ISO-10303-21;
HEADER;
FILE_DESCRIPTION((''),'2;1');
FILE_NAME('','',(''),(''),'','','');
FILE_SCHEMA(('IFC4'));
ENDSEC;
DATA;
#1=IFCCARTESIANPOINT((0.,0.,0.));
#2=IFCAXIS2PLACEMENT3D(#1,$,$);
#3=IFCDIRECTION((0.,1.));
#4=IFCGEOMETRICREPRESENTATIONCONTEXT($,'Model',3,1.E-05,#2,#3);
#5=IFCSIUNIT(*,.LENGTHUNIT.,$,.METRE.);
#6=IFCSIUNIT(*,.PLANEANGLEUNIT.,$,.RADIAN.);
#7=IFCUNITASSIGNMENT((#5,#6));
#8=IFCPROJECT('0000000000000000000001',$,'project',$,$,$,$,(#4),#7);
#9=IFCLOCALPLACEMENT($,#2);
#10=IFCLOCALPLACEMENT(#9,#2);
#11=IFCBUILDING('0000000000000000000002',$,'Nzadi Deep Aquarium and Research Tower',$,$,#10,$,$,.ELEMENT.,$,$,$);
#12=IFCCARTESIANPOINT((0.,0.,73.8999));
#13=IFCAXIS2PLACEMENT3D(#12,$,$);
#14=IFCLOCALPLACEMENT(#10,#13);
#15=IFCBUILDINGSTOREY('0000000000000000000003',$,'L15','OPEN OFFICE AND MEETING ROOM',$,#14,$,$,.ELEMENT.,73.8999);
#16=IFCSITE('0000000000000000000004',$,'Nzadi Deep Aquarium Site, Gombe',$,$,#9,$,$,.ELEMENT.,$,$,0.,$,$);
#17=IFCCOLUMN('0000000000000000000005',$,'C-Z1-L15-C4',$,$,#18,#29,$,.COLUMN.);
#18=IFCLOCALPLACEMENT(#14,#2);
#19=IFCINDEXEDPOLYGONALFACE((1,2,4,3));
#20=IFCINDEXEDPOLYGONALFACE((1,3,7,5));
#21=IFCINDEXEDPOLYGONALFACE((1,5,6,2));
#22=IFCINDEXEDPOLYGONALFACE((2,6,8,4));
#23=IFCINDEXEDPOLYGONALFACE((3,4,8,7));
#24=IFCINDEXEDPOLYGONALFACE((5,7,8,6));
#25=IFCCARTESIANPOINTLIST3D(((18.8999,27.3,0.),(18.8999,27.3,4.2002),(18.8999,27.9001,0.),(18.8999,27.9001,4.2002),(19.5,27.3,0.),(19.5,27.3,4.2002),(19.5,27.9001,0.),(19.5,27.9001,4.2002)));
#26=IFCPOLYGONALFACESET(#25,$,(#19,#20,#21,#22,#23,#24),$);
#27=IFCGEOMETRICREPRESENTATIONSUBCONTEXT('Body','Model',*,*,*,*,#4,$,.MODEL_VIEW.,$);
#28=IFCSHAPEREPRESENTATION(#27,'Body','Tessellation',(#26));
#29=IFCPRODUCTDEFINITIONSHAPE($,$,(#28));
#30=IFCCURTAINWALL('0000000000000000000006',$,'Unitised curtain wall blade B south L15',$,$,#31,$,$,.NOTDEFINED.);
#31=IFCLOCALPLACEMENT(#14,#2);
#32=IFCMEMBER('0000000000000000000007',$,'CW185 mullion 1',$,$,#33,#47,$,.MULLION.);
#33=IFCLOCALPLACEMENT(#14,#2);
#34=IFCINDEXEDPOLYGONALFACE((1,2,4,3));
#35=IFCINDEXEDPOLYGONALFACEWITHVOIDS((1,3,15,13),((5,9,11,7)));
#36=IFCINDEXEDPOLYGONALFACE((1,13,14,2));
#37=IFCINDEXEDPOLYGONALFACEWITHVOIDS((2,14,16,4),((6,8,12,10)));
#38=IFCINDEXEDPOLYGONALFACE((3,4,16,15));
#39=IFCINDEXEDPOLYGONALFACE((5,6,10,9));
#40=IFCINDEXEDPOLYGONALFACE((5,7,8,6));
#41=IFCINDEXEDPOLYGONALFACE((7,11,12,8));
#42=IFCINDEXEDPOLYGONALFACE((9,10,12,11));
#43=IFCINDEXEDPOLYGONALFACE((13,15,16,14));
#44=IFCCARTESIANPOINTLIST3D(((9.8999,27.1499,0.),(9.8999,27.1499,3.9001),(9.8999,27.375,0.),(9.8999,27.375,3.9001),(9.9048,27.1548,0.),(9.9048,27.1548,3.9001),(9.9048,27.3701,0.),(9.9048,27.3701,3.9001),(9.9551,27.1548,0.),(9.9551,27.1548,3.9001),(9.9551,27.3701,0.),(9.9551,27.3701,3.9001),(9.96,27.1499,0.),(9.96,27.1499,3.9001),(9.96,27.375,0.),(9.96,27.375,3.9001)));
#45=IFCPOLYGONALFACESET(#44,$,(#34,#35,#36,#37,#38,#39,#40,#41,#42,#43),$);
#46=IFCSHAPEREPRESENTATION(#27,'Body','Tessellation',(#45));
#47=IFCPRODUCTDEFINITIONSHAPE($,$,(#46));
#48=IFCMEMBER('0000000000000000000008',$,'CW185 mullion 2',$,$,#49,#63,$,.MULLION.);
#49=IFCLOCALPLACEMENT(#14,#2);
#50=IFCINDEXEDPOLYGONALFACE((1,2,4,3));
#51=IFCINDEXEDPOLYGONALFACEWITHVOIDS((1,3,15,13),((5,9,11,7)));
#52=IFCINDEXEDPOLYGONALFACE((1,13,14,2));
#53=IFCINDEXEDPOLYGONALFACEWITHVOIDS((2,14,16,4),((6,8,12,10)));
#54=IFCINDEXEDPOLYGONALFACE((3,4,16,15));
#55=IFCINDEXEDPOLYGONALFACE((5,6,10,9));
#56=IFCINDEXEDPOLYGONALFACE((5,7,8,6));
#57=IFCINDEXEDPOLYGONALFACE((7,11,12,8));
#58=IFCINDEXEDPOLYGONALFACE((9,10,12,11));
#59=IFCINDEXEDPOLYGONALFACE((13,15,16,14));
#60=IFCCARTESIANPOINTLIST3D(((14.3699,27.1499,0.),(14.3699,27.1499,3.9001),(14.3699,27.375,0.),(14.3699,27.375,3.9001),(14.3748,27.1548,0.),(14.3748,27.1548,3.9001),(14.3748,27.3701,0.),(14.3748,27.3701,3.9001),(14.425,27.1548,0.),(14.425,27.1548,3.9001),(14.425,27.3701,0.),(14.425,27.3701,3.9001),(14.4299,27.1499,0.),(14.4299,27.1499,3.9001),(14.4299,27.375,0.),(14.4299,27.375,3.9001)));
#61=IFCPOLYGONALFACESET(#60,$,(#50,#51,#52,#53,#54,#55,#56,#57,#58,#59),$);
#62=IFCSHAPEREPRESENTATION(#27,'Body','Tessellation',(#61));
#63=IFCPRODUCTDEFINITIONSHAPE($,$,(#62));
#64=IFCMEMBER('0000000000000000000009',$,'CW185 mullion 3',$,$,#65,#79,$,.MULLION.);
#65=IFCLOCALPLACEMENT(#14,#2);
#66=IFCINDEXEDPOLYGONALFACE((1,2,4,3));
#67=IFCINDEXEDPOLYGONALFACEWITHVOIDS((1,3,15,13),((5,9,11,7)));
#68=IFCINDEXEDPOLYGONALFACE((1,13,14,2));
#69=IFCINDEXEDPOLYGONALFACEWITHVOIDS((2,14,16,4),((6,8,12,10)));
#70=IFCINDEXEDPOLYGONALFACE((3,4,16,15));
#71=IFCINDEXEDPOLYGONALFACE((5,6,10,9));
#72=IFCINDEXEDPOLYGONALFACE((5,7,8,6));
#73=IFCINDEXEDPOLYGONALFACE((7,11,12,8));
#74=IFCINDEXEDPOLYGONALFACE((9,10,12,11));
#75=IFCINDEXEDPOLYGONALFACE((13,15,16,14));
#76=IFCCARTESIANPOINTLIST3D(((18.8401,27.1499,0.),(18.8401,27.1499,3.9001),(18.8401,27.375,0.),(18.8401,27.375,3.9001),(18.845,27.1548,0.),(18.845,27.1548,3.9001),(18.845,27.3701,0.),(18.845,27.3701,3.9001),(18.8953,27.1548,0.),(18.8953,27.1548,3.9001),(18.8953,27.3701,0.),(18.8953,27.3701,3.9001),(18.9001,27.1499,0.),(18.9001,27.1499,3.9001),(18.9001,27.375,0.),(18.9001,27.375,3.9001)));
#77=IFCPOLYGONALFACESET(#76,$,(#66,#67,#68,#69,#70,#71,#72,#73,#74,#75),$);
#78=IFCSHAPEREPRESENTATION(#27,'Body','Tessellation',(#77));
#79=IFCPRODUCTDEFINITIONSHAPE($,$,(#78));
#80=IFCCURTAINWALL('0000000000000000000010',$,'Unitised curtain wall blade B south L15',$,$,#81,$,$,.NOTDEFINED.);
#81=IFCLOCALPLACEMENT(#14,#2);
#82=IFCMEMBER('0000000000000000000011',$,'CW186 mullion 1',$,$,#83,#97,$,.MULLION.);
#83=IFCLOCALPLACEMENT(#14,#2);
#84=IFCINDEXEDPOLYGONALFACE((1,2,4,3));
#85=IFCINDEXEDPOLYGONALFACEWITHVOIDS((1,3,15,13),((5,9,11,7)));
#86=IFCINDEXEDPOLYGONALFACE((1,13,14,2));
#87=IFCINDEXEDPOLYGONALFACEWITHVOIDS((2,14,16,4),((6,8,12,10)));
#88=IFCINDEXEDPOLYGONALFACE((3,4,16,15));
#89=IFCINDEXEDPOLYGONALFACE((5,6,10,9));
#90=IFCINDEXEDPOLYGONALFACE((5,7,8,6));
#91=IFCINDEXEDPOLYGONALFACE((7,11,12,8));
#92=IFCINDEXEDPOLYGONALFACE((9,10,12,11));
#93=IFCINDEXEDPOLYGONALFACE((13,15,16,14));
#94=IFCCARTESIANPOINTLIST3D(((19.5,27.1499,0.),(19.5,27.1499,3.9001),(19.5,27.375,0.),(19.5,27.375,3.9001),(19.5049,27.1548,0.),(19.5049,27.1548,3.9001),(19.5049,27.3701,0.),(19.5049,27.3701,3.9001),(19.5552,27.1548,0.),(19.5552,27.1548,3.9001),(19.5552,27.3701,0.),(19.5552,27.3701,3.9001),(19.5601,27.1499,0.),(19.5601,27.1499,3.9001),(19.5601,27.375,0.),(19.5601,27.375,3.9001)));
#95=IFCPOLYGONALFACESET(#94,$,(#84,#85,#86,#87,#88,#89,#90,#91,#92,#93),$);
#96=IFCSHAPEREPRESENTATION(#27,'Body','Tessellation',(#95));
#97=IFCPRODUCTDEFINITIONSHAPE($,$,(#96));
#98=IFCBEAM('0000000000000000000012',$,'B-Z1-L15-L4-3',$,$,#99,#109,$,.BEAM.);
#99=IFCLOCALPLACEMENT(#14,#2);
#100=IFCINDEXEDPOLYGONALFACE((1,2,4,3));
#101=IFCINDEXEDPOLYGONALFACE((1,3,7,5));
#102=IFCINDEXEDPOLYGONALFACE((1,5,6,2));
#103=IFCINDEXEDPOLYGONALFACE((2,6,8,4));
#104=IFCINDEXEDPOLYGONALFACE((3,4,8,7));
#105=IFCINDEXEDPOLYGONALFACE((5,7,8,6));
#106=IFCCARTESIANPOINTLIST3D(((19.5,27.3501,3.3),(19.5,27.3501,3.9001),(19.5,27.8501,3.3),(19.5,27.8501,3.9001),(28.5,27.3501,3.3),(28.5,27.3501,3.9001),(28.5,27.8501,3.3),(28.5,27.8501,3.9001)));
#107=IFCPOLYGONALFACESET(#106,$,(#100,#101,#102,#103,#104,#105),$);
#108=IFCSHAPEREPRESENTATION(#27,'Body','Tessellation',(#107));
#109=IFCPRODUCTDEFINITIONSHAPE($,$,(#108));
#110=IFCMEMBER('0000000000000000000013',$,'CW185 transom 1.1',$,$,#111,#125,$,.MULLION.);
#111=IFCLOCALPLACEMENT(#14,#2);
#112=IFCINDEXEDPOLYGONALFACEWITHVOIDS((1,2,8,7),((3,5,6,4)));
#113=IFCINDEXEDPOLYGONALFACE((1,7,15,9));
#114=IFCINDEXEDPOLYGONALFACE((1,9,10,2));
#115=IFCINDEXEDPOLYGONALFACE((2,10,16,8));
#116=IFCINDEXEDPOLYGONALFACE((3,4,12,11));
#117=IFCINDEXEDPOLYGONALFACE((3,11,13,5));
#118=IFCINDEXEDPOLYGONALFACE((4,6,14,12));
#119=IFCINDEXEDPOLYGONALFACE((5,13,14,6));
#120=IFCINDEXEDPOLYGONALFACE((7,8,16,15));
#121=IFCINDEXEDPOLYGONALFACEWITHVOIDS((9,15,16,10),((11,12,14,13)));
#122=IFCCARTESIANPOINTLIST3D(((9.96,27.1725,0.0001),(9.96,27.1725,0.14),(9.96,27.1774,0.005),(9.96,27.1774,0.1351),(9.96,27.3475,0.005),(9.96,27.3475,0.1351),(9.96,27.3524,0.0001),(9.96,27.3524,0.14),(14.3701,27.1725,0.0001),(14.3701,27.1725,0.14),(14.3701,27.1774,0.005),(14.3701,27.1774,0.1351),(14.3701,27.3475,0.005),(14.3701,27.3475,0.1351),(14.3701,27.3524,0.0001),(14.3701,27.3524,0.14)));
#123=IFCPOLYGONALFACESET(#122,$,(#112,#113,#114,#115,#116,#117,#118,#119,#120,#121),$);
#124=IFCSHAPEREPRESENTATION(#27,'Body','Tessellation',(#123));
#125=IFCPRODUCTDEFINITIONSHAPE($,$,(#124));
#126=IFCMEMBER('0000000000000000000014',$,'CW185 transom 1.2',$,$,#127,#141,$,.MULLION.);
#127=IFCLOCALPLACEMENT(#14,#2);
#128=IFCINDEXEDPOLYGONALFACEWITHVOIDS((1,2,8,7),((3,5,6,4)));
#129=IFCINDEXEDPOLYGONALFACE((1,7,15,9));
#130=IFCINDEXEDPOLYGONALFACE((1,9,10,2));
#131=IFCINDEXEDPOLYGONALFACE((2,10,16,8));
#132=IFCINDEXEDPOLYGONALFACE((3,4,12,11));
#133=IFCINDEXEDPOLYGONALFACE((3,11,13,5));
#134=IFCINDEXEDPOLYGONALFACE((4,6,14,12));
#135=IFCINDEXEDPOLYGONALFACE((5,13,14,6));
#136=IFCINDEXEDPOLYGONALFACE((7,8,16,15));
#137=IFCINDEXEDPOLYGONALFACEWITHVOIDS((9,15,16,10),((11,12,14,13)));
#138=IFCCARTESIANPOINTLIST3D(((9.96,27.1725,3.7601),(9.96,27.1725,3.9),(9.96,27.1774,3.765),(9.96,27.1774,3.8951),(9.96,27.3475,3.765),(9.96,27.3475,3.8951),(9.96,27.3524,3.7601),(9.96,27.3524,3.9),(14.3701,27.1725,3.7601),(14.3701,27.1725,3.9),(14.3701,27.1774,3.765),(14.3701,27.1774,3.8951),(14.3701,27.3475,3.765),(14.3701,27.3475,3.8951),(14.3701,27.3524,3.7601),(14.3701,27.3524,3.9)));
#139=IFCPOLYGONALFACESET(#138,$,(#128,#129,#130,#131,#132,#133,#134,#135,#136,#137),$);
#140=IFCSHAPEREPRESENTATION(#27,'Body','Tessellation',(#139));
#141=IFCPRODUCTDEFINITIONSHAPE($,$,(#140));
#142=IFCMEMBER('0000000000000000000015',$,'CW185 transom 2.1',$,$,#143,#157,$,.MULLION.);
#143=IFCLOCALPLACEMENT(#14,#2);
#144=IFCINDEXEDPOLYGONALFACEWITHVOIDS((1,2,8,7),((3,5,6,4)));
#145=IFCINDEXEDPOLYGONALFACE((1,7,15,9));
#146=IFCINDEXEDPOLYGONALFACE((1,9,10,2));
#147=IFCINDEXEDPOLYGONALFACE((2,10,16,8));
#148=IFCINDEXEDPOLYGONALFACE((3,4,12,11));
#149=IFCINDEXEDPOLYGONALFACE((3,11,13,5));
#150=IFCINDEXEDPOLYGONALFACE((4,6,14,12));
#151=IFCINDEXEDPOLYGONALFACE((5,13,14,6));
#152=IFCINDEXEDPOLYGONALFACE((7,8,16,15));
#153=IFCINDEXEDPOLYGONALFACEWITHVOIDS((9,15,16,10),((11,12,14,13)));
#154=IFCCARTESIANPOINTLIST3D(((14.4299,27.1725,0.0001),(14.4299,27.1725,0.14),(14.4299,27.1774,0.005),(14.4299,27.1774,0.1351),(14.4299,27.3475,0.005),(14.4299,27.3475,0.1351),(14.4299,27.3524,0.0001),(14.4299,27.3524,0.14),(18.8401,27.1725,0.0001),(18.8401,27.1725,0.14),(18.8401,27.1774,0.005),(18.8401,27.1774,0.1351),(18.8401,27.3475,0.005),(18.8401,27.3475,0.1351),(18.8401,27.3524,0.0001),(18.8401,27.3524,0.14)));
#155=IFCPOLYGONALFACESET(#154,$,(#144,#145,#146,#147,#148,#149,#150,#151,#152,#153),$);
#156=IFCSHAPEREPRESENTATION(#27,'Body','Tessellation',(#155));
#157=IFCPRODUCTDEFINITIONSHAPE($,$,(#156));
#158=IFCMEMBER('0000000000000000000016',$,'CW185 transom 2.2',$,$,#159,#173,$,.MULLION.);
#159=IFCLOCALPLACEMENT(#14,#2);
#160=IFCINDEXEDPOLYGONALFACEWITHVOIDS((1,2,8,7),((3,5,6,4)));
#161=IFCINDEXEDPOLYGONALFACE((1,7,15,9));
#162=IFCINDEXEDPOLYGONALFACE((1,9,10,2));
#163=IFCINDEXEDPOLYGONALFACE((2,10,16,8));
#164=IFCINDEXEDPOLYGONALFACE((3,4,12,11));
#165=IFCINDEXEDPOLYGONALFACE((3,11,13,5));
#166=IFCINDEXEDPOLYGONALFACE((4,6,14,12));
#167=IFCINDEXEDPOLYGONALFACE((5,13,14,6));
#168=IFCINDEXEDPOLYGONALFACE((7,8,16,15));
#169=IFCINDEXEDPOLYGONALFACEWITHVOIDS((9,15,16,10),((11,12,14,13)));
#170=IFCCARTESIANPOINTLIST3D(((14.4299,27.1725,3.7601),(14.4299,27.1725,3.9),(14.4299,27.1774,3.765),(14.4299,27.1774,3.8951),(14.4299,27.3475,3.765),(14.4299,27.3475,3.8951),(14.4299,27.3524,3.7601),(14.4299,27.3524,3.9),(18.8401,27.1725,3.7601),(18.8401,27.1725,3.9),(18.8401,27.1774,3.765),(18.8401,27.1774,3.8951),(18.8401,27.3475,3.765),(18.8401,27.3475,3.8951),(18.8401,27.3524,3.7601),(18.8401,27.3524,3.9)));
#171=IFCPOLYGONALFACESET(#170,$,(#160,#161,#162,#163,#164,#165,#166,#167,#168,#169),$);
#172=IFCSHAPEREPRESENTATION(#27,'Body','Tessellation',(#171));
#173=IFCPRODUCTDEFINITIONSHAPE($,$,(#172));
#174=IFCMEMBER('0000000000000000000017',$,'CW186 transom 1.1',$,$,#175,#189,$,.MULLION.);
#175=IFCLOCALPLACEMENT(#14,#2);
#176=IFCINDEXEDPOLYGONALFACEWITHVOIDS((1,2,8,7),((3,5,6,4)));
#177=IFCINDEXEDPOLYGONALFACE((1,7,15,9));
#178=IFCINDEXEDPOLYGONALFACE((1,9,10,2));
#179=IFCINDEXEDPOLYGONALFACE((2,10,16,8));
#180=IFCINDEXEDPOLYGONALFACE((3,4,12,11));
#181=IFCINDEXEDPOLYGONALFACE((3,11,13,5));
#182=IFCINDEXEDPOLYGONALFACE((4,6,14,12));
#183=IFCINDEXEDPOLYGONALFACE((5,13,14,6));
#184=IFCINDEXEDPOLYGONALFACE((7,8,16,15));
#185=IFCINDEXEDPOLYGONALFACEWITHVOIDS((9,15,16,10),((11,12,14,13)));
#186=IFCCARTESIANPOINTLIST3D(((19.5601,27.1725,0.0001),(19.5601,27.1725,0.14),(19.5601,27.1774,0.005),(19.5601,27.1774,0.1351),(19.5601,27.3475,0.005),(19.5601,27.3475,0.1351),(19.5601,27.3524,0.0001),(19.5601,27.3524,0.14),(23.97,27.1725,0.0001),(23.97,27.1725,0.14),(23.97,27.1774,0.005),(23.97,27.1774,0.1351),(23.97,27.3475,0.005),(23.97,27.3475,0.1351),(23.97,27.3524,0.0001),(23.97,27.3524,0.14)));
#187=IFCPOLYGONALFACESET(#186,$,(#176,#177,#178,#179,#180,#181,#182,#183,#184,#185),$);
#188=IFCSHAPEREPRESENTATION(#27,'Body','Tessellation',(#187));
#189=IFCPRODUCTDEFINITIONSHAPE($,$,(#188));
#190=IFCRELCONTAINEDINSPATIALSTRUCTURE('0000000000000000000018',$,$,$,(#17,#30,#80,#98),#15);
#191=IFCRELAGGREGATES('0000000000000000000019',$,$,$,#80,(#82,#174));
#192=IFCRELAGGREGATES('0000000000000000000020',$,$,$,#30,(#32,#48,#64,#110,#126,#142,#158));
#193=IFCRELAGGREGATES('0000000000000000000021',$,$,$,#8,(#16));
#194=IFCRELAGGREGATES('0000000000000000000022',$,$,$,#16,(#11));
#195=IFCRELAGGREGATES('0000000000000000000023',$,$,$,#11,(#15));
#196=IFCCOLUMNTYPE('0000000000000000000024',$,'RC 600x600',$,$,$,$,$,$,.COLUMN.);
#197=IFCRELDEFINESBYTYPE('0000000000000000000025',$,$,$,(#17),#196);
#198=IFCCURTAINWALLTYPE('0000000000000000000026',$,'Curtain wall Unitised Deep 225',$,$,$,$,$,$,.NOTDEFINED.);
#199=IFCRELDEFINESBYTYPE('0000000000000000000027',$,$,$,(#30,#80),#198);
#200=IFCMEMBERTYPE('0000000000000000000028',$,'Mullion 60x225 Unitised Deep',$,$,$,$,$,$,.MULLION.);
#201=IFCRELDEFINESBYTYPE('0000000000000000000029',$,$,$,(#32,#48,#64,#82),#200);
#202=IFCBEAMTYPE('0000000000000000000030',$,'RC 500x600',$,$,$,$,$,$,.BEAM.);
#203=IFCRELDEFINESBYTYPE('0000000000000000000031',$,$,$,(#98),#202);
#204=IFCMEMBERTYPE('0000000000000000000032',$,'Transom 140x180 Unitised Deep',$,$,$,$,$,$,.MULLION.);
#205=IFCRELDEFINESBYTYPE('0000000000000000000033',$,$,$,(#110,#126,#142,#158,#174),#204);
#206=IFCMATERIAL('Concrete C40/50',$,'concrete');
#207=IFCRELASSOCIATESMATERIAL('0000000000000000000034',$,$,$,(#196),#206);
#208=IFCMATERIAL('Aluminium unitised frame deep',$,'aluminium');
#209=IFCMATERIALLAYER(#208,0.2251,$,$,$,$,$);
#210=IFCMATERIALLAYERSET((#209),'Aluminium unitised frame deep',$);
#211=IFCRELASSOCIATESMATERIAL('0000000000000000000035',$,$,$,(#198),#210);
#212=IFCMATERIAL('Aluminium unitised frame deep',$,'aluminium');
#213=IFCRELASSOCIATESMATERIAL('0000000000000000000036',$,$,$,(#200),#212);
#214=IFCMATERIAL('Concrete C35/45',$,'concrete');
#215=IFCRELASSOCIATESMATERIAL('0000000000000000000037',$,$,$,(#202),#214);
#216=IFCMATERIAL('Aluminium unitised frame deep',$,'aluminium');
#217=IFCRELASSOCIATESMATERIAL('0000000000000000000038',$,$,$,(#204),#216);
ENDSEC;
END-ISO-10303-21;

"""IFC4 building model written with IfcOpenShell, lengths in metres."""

from ifc_helpers import new_model, si_unit, direction, frame, origin, origin_2d, place, context, subcontext, project, spatial, rectangle, hollow_rectangle, extrude, material, layer, layer_set, material_profile, profile_set, type_object, element, aggregate, save


model = new_model("IFC4")

# Units and contexts
model_context = context("Model", 3, precision=1e-05, world=origin(), true_north=direction((0.0, 1.0)))
body_context = subcontext(model_context, "Body", "Model", "MODEL_VIEW")
ifc_project = project(units=[si_unit("LENGTHUNIT", "METRE"), si_unit("PLANEANGLEUNIT", "RADIAN")], contexts=[model_context])

# Site, building, storey
site_placement = place(None, origin())
site = spatial("IfcSite", under=ifc_project, at=site_placement, Name="Nzadi Deep Aquarium Site, Gombe", CompositionType="ELEMENT", RefElevation=0.0)
building_placement = place(site_placement, origin())
building = spatial("IfcBuilding", under=site, at=building_placement, Name="Nzadi Deep Aquarium and Research Tower", CompositionType="ELEMENT")
storey_placement = place(building_placement, frame((0.0, 0.0, 73.8999)))
storey = spatial("IfcBuildingStorey", under=building, at=storey_placement, Name="L15", Description="OPEN OFFICE AND MEETING ROOM", CompositionType="ELEMENT", Elevation=73.8999)

# Column
ifc_material_1 = material(Name="Concrete C40/50", Category="concrete")
ifc_material_profile_1 = material_profile(ifc_material_1, rectangle(XDim=0.6001, YDim=0.6001, at=origin_2d()))
ifc_profile_set_1 = profile_set([ifc_material_profile_1], Name="Concrete C40/50")
column_type = type_object("IfcColumnType", Name="RC 600x600", PredefinedType="COLUMN", material=ifc_profile_set_1)
column_placement = place(storey_placement, frame((19.2, 27.6001, 0.0), z_axis=(0.0, 0.0, 1.0), x_axis=(1.0, 0.0, 0.0)))
element("IfcColumn", 1, at=column_placement, inside=storey, type_object=column_type, Name="C-Z1-L15-C4", PredefinedType="COLUMN", context=body_context, shape_type="SweptSolid", body=[
    extrude(rectangle(XDim=0.6001, YDim=0.6001, at=origin_2d()), origin(), (0.0, 0.0, 1.0), 4.2002),
])

# Curtain wall, members
ifc_material_2 = material(Name="Aluminium unitised frame deep", Category="aluminium")
ifc_layer_1 = layer(ifc_material_2, 0.2251)
ifc_layer_set_1 = layer_set([ifc_layer_1], Name="Aluminium unitised frame deep")
curtain_wall_type = type_object("IfcCurtainWallType", Name="Curtain wall Unitised Deep 225", PredefinedType="NOTDEFINED", material=ifc_layer_set_1)
curtain_wall_1_placement = place(storey_placement, origin())
curtain_wall_1 = element("IfcCurtainWall", 2, at=curtain_wall_1_placement, inside=storey, type_object=curtain_wall_type, Name="Unitised curtain wall blade B south L15", PredefinedType="NOTDEFINED")
ifc_material_3 = material(Name="Aluminium unitised frame deep", Category="aluminium")
ifc_material_profile_2 = material_profile(ifc_material_3, hollow_rectangle(XDim=0.2251, YDim=0.0601, WallThickness=0.0049, at=origin_2d()))
ifc_profile_set_2 = profile_set([ifc_material_profile_2], Name="Aluminium unitised frame deep")
member_type_1 = type_object("IfcMemberType", Name="Mullion 60x225 Unitised Deep", PredefinedType="MULLION", material=ifc_profile_set_2)
member_1_placement = place(storey_placement, frame((9.9299, 27.2625, 0.0), z_axis=(0.0, 0.0, 1.0), x_axis=(0.0, 1.0, 0.0)))
member_1 = element("IfcMember", 3, at=member_1_placement, type_object=member_type_1, Name="CW185 mullion 1", PredefinedType="MULLION", context=body_context, shape_type="SweptSolid", body=[
    extrude(hollow_rectangle(XDim=0.2251, YDim=0.0601, WallThickness=0.0049, at=origin_2d()), origin(), (0.0, 0.0, 1.0), 3.9001),
])
member_2_placement = place(storey_placement, frame((14.3999, 27.2625, 0.0), z_axis=(0.0, 0.0, 1.0), x_axis=(0.0, 1.0, 0.0)))
member_2 = element("IfcMember", 4, at=member_2_placement, type_object=member_type_1, Name="CW185 mullion 2", PredefinedType="MULLION", context=body_context, shape_type="SweptSolid", body=[
    extrude(hollow_rectangle(XDim=0.2251, YDim=0.0601, WallThickness=0.0049, at=origin_2d()), origin(), (0.0, 0.0, 1.0), 3.9001),
])
member_3_placement = place(storey_placement, frame((18.8701, 27.2625, 0.0), z_axis=(0.0, 0.0, 1.0), x_axis=(0.0, 1.0, 0.0)))
member_3 = element("IfcMember", 5, at=member_3_placement, type_object=member_type_1, Name="CW185 mullion 3", PredefinedType="MULLION", context=body_context, shape_type="SweptSolid", body=[
    extrude(hollow_rectangle(XDim=0.2251, YDim=0.0601, WallThickness=0.0049, at=origin_2d()), origin(), (0.0, 0.0, 1.0), 3.9001),
])

# Curtain wall, member
curtain_wall_2_placement = place(storey_placement, origin())
curtain_wall_2 = element("IfcCurtainWall", 6, at=curtain_wall_2_placement, inside=storey, type_object=curtain_wall_type, Name="Unitised curtain wall blade B south L15", PredefinedType="NOTDEFINED")
member_4_placement = place(storey_placement, frame((19.53, 27.2625, 0.0), z_axis=(0.0, 0.0, 1.0), x_axis=(0.0, 1.0, 0.0)))
member_4 = element("IfcMember", 7, at=member_4_placement, type_object=member_type_1, Name="CW186 mullion 1", PredefinedType="MULLION", context=body_context, shape_type="SweptSolid", body=[
    extrude(hollow_rectangle(XDim=0.2251, YDim=0.0601, WallThickness=0.0049, at=origin_2d()), origin(), (0.0, 0.0, 1.0), 3.9001),
])

# Beam
ifc_material_4 = material(Name="Concrete C35/45", Category="concrete")
ifc_material_profile_3 = material_profile(ifc_material_4, rectangle(XDim=0.5, YDim=0.6001, at=origin_2d()))
ifc_profile_set_3 = profile_set([ifc_material_profile_3], Name="Concrete C35/45")
beam_type = type_object("IfcBeamType", Name="RC 500x600", PredefinedType="BEAM", material=ifc_profile_set_3)
beam_placement = place(storey_placement, frame((19.5, 27.6001, 3.6001), z_axis=(1.0, 0.0, 0.0), x_axis=(0.0, 1.0, 0.0)))
element("IfcBeam", 8, at=beam_placement, inside=storey, type_object=beam_type, Name="B-Z1-L15-L4-3", PredefinedType="BEAM", context=body_context, shape_type="SweptSolid", body=[
    extrude(rectangle(XDim=0.5, YDim=0.6001, at=origin_2d()), origin(), (0.0, 0.0, 1.0), 9.0),
])

# Members
ifc_material_5 = material(Name="Aluminium unitised frame deep", Category="aluminium")
ifc_material_profile_4 = material_profile(ifc_material_5, hollow_rectangle(XDim=0.1799, YDim=0.1399, WallThickness=0.0049, at=origin_2d()))
ifc_profile_set_4 = profile_set([ifc_material_profile_4], Name="Aluminium unitised frame deep")
member_type_2 = type_object("IfcMemberType", Name="Transom 140x180 Unitised Deep", PredefinedType="MULLION", material=ifc_profile_set_4)
member_5_placement = place(storey_placement, frame((9.96, 27.2625, 0.0701), z_axis=(1.0, 0.0, 0.0), x_axis=(0.0, 1.0, 0.0)))
member_5 = element("IfcMember", 9, at=member_5_placement, type_object=member_type_2, Name="CW185 transom 1.1", PredefinedType="MULLION", context=body_context, shape_type="SweptSolid", body=[
    extrude(hollow_rectangle(XDim=0.1799, YDim=0.1399, WallThickness=0.0049, at=origin_2d()), origin(), (0.0, 0.0, 1.0), 4.4102),
])
member_6_placement = place(storey_placement, frame((9.96, 27.2625, 3.8301), z_axis=(1.0, 0.0, 0.0), x_axis=(0.0, 1.0, 0.0)))
member_6 = element("IfcMember", 10, at=member_6_placement, type_object=member_type_2, Name="CW185 transom 1.2", PredefinedType="MULLION", context=body_context, shape_type="SweptSolid", body=[
    extrude(hollow_rectangle(XDim=0.1799, YDim=0.1399, WallThickness=0.0049, at=origin_2d()), origin(), (0.0, 0.0, 1.0), 4.4102),
])
member_7_placement = place(storey_placement, frame((14.4299, 27.2625, 0.0701), z_axis=(1.0, 0.0, 0.0), x_axis=(0.0, 1.0, 0.0)))
member_7 = element("IfcMember", 11, at=member_7_placement, type_object=member_type_2, Name="CW185 transom 2.1", PredefinedType="MULLION", context=body_context, shape_type="SweptSolid", body=[
    extrude(hollow_rectangle(XDim=0.1799, YDim=0.1399, WallThickness=0.0049, at=origin_2d()), origin(), (0.0, 0.0, 1.0), 4.4102),
])
member_8_placement = place(storey_placement, frame((14.4299, 27.2625, 3.8301), z_axis=(1.0, 0.0, 0.0), x_axis=(0.0, 1.0, 0.0)))
member_8 = element("IfcMember", 12, at=member_8_placement, type_object=member_type_2, Name="CW185 transom 2.2", PredefinedType="MULLION", context=body_context, shape_type="SweptSolid", body=[
    extrude(hollow_rectangle(XDim=0.1799, YDim=0.1399, WallThickness=0.0049, at=origin_2d()), origin(), (0.0, 0.0, 1.0), 4.4102),
])
member_9_placement = place(storey_placement, frame((19.5601, 27.2625, 0.0701), z_axis=(1.0, 0.0, 0.0), x_axis=(0.0, 1.0, 0.0)))
member_9 = element("IfcMember", 13, at=member_9_placement, type_object=member_type_2, Name="CW186 transom 1.1", PredefinedType="MULLION", context=body_context, shape_type="SweptSolid", body=[
    extrude(hollow_rectangle(XDim=0.1799, YDim=0.1399, WallThickness=0.0049, at=origin_2d()), origin(), (0.0, 0.0, 1.0), 4.4099),
])
aggregate(curtain_wall_2, [member_4, member_9])

aggregate(curtain_wall_1, [member_1, member_2, member_3, member_5, member_6, member_7, member_8])

save(model, "model.ifc")
